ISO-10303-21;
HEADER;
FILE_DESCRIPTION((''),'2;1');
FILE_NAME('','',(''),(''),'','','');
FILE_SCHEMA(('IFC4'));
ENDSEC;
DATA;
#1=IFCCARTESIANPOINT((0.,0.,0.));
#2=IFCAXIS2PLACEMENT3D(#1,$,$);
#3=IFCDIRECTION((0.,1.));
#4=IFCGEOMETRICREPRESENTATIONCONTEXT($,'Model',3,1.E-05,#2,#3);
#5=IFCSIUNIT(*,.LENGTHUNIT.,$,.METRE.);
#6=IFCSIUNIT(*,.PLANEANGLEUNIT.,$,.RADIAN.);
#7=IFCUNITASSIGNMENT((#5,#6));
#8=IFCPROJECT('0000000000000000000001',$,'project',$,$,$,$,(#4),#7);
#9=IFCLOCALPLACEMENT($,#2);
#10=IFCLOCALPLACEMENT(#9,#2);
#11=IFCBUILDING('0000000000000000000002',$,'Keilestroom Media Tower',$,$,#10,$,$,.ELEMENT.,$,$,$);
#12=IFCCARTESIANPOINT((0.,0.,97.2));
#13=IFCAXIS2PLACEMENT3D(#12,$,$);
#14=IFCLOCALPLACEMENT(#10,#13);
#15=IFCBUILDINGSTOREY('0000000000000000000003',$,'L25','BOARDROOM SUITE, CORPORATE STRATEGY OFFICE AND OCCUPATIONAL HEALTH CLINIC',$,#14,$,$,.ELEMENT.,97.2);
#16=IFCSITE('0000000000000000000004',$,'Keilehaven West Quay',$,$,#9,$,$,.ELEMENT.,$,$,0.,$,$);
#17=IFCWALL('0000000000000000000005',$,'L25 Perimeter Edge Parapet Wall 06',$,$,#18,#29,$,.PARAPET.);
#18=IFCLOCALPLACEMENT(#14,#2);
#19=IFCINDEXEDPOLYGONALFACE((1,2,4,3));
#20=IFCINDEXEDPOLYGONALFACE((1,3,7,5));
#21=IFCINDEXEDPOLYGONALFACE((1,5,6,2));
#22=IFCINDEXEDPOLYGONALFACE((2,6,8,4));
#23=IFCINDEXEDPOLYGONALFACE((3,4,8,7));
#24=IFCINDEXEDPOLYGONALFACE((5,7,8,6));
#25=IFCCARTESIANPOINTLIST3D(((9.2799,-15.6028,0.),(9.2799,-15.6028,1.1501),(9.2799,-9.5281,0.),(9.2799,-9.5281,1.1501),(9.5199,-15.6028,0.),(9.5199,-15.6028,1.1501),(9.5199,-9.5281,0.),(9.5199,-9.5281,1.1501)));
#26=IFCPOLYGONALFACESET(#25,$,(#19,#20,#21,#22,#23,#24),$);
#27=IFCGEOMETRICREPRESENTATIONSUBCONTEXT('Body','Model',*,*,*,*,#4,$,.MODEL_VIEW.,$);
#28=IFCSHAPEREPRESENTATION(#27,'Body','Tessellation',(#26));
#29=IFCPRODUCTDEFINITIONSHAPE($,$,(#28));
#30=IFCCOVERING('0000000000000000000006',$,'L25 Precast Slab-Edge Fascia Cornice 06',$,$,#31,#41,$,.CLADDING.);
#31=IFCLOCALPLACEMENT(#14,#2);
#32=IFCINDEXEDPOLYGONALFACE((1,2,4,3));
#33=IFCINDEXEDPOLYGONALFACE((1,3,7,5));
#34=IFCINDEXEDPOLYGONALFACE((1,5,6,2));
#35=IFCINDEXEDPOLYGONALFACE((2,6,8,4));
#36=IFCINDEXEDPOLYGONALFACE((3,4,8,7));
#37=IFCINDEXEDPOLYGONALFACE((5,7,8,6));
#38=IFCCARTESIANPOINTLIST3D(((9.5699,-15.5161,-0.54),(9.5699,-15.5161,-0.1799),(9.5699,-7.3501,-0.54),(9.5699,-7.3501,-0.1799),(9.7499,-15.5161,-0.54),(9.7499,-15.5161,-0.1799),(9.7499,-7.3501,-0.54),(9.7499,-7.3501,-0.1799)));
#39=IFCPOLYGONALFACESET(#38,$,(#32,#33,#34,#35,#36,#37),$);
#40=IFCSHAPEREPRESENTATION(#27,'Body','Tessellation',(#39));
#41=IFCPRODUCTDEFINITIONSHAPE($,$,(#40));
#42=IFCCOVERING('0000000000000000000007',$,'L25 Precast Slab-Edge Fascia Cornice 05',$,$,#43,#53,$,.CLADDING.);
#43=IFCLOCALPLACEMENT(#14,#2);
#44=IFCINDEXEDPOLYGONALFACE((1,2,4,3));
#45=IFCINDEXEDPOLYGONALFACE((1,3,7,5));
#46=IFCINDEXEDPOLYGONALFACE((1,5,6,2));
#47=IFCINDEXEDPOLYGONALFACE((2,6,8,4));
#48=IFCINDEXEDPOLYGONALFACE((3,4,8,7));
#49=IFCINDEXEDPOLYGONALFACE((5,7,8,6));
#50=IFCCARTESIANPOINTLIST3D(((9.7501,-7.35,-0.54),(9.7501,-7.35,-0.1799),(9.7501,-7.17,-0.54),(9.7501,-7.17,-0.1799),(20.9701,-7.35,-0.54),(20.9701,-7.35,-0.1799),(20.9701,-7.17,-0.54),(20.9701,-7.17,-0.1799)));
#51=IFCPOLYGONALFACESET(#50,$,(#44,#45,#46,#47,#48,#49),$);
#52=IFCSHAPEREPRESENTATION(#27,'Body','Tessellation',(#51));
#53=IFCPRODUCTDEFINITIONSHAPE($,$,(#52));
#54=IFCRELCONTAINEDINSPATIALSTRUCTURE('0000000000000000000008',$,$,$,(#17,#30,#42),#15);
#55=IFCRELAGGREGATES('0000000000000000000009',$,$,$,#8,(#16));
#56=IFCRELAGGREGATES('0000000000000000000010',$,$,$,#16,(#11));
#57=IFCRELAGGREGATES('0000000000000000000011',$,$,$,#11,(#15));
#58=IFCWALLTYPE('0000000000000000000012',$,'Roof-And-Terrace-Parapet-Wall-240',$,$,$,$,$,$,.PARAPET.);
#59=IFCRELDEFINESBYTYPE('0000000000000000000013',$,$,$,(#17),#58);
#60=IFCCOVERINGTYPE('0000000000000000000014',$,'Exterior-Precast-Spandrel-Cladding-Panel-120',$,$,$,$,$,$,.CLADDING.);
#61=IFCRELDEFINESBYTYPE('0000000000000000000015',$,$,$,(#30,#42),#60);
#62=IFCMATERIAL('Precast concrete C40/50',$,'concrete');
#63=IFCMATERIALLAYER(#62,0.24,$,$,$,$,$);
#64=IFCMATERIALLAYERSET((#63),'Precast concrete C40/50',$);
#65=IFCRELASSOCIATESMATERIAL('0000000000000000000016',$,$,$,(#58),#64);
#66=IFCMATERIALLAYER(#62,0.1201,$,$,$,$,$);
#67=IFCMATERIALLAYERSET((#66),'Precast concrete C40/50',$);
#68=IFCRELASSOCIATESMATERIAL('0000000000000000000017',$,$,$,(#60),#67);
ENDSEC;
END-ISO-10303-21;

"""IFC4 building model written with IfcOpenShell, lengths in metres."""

from ifc_helpers import new_model, si_unit, direction, frame, frame_2d, origin, origin_2d, place, context, subcontext, project, spatial, rectangle, extrude, source, transform, mapped, material, layer, layer_set, type_object, element, save


model = new_model("IFC4")

# Units and contexts
model_context = context("Model", 3, precision=1e-05, world=origin(), true_north=direction((0.0, 1.0)))
body_context = subcontext(model_context, "Body", "Model", "MODEL_VIEW")
ifc_project = project(units=[si_unit("LENGTHUNIT", "METRE"), si_unit("PLANEANGLEUNIT", "RADIAN")], contexts=[model_context])

# Site, building, storey
site_placement = place(None, origin())
site = spatial("IfcSite", under=ifc_project, at=site_placement, Name="Keilehaven West Quay", CompositionType="ELEMENT", RefElevation=0.0)
building_placement = place(site_placement, origin())
building = spatial("IfcBuilding", under=site, at=building_placement, Name="Keilestroom Media Tower", CompositionType="ELEMENT")
storey_placement = place(building_placement, frame((0.0, 0.0, 97.2)))
storey = spatial("IfcBuildingStorey", under=building, at=storey_placement, Name="L25", Description="BOARDROOM SUITE, CORPORATE STRATEGY OFFICE AND OCCUPATIONAL HEALTH CLINIC", CompositionType="ELEMENT", Elevation=97.2)

# Shared definitions
ifc_material_1 = material(Name="Precast concrete C40/50", Category="concrete")

# Wall
ifc_layer_1 = layer(ifc_material_1, 0.24)
ifc_layer_set_1 = layer_set([ifc_layer_1], Name="Precast concrete C40/50")
wall_type_1 = type_object("IfcWallType", Name="Roof-And-Terrace-Parapet-Wall-240", PredefinedType="PARAPET", material=ifc_layer_set_1)
wall_1_placement = place(storey_placement, frame((9.3999, -9.5281, 0.0), z_axis=(0.0, 0.0, 1.0), x_axis=(0.0, -1.0, 0.0)))
element("IfcWall", 1, at=wall_1_placement, inside=storey, type_object=wall_type_1, Name="L25 Perimeter Edge Parapet Wall 06", PredefinedType="PARAPET", context=body_context, shape_type="SweptSolid", body=[
    extrude(rectangle(XDim=6.0747, YDim=0.24, at=frame_2d((3.0374, 0.0))), origin(), (0.0, 0.0, 1.0), 1.1501),
])

# Coverings
ifc_layer_2 = layer(ifc_material_1, 0.1201)
ifc_layer_set_2 = layer_set([ifc_layer_2], Name="Precast concrete C40/50")
covering_type = type_object("IfcCoveringType", Name="Exterior-Precast-Spandrel-Cladding-Panel-120", PredefinedType="CLADDING", material=ifc_layer_set_2)
shared_shape_1 = source(origin(), body_context, "Body", "SweptSolid", [
    extrude(rectangle(XDim=8.166, YDim=0.1799, at=origin_2d()), origin(), (0.0, 0.0, 1.0), 0.3601),
])
covering_1_placement = place(storey_placement, frame((9.6599, -11.4331, -0.54), z_axis=(0.0, 0.0, 1.0), x_axis=(0.0, -1.0, 0.0)))
element("IfcCovering", 2, at=covering_1_placement, inside=storey, type_object=covering_type, Name="L25 Precast Slab-Edge Fascia Cornice 06", PredefinedType="CLADDING", context=body_context, shape_type="MappedRepresentation", body=[
    mapped(shared_shape_1, transform((0.0, 0.0, 0.0), x_axis=(1.0, 0.0, 0.0), y_axis=(0.0, 1.0, 0.0), z_axis=(0.0, 0.0, 1.0), scale=1.0)),
])
shared_shape_2 = source(origin(), body_context, "Body", "SweptSolid", [
    extrude(rectangle(XDim=11.22, YDim=0.1799, at=origin_2d()), origin(), (0.0, 0.0, 1.0), 0.3601),
])
covering_2_placement = place(storey_placement, frame((15.3601, -7.26, -0.54), z_axis=(0.0, 0.0, 1.0), x_axis=(-1.0, 0.0, 0.0)))
element("IfcCovering", 3, at=covering_2_placement, inside=storey, type_object=covering_type, Name="L25 Precast Slab-Edge Fascia Cornice 05", PredefinedType="CLADDING", context=body_context, shape_type="MappedRepresentation", body=[
    mapped(shared_shape_2, transform((0.0, 0.0, 0.0), x_axis=(1.0, 0.0, 0.0), y_axis=(0.0, 1.0, 0.0), z_axis=(0.0, 0.0, 1.0), scale=1.0)),
])

save(model, "model.ifc")
